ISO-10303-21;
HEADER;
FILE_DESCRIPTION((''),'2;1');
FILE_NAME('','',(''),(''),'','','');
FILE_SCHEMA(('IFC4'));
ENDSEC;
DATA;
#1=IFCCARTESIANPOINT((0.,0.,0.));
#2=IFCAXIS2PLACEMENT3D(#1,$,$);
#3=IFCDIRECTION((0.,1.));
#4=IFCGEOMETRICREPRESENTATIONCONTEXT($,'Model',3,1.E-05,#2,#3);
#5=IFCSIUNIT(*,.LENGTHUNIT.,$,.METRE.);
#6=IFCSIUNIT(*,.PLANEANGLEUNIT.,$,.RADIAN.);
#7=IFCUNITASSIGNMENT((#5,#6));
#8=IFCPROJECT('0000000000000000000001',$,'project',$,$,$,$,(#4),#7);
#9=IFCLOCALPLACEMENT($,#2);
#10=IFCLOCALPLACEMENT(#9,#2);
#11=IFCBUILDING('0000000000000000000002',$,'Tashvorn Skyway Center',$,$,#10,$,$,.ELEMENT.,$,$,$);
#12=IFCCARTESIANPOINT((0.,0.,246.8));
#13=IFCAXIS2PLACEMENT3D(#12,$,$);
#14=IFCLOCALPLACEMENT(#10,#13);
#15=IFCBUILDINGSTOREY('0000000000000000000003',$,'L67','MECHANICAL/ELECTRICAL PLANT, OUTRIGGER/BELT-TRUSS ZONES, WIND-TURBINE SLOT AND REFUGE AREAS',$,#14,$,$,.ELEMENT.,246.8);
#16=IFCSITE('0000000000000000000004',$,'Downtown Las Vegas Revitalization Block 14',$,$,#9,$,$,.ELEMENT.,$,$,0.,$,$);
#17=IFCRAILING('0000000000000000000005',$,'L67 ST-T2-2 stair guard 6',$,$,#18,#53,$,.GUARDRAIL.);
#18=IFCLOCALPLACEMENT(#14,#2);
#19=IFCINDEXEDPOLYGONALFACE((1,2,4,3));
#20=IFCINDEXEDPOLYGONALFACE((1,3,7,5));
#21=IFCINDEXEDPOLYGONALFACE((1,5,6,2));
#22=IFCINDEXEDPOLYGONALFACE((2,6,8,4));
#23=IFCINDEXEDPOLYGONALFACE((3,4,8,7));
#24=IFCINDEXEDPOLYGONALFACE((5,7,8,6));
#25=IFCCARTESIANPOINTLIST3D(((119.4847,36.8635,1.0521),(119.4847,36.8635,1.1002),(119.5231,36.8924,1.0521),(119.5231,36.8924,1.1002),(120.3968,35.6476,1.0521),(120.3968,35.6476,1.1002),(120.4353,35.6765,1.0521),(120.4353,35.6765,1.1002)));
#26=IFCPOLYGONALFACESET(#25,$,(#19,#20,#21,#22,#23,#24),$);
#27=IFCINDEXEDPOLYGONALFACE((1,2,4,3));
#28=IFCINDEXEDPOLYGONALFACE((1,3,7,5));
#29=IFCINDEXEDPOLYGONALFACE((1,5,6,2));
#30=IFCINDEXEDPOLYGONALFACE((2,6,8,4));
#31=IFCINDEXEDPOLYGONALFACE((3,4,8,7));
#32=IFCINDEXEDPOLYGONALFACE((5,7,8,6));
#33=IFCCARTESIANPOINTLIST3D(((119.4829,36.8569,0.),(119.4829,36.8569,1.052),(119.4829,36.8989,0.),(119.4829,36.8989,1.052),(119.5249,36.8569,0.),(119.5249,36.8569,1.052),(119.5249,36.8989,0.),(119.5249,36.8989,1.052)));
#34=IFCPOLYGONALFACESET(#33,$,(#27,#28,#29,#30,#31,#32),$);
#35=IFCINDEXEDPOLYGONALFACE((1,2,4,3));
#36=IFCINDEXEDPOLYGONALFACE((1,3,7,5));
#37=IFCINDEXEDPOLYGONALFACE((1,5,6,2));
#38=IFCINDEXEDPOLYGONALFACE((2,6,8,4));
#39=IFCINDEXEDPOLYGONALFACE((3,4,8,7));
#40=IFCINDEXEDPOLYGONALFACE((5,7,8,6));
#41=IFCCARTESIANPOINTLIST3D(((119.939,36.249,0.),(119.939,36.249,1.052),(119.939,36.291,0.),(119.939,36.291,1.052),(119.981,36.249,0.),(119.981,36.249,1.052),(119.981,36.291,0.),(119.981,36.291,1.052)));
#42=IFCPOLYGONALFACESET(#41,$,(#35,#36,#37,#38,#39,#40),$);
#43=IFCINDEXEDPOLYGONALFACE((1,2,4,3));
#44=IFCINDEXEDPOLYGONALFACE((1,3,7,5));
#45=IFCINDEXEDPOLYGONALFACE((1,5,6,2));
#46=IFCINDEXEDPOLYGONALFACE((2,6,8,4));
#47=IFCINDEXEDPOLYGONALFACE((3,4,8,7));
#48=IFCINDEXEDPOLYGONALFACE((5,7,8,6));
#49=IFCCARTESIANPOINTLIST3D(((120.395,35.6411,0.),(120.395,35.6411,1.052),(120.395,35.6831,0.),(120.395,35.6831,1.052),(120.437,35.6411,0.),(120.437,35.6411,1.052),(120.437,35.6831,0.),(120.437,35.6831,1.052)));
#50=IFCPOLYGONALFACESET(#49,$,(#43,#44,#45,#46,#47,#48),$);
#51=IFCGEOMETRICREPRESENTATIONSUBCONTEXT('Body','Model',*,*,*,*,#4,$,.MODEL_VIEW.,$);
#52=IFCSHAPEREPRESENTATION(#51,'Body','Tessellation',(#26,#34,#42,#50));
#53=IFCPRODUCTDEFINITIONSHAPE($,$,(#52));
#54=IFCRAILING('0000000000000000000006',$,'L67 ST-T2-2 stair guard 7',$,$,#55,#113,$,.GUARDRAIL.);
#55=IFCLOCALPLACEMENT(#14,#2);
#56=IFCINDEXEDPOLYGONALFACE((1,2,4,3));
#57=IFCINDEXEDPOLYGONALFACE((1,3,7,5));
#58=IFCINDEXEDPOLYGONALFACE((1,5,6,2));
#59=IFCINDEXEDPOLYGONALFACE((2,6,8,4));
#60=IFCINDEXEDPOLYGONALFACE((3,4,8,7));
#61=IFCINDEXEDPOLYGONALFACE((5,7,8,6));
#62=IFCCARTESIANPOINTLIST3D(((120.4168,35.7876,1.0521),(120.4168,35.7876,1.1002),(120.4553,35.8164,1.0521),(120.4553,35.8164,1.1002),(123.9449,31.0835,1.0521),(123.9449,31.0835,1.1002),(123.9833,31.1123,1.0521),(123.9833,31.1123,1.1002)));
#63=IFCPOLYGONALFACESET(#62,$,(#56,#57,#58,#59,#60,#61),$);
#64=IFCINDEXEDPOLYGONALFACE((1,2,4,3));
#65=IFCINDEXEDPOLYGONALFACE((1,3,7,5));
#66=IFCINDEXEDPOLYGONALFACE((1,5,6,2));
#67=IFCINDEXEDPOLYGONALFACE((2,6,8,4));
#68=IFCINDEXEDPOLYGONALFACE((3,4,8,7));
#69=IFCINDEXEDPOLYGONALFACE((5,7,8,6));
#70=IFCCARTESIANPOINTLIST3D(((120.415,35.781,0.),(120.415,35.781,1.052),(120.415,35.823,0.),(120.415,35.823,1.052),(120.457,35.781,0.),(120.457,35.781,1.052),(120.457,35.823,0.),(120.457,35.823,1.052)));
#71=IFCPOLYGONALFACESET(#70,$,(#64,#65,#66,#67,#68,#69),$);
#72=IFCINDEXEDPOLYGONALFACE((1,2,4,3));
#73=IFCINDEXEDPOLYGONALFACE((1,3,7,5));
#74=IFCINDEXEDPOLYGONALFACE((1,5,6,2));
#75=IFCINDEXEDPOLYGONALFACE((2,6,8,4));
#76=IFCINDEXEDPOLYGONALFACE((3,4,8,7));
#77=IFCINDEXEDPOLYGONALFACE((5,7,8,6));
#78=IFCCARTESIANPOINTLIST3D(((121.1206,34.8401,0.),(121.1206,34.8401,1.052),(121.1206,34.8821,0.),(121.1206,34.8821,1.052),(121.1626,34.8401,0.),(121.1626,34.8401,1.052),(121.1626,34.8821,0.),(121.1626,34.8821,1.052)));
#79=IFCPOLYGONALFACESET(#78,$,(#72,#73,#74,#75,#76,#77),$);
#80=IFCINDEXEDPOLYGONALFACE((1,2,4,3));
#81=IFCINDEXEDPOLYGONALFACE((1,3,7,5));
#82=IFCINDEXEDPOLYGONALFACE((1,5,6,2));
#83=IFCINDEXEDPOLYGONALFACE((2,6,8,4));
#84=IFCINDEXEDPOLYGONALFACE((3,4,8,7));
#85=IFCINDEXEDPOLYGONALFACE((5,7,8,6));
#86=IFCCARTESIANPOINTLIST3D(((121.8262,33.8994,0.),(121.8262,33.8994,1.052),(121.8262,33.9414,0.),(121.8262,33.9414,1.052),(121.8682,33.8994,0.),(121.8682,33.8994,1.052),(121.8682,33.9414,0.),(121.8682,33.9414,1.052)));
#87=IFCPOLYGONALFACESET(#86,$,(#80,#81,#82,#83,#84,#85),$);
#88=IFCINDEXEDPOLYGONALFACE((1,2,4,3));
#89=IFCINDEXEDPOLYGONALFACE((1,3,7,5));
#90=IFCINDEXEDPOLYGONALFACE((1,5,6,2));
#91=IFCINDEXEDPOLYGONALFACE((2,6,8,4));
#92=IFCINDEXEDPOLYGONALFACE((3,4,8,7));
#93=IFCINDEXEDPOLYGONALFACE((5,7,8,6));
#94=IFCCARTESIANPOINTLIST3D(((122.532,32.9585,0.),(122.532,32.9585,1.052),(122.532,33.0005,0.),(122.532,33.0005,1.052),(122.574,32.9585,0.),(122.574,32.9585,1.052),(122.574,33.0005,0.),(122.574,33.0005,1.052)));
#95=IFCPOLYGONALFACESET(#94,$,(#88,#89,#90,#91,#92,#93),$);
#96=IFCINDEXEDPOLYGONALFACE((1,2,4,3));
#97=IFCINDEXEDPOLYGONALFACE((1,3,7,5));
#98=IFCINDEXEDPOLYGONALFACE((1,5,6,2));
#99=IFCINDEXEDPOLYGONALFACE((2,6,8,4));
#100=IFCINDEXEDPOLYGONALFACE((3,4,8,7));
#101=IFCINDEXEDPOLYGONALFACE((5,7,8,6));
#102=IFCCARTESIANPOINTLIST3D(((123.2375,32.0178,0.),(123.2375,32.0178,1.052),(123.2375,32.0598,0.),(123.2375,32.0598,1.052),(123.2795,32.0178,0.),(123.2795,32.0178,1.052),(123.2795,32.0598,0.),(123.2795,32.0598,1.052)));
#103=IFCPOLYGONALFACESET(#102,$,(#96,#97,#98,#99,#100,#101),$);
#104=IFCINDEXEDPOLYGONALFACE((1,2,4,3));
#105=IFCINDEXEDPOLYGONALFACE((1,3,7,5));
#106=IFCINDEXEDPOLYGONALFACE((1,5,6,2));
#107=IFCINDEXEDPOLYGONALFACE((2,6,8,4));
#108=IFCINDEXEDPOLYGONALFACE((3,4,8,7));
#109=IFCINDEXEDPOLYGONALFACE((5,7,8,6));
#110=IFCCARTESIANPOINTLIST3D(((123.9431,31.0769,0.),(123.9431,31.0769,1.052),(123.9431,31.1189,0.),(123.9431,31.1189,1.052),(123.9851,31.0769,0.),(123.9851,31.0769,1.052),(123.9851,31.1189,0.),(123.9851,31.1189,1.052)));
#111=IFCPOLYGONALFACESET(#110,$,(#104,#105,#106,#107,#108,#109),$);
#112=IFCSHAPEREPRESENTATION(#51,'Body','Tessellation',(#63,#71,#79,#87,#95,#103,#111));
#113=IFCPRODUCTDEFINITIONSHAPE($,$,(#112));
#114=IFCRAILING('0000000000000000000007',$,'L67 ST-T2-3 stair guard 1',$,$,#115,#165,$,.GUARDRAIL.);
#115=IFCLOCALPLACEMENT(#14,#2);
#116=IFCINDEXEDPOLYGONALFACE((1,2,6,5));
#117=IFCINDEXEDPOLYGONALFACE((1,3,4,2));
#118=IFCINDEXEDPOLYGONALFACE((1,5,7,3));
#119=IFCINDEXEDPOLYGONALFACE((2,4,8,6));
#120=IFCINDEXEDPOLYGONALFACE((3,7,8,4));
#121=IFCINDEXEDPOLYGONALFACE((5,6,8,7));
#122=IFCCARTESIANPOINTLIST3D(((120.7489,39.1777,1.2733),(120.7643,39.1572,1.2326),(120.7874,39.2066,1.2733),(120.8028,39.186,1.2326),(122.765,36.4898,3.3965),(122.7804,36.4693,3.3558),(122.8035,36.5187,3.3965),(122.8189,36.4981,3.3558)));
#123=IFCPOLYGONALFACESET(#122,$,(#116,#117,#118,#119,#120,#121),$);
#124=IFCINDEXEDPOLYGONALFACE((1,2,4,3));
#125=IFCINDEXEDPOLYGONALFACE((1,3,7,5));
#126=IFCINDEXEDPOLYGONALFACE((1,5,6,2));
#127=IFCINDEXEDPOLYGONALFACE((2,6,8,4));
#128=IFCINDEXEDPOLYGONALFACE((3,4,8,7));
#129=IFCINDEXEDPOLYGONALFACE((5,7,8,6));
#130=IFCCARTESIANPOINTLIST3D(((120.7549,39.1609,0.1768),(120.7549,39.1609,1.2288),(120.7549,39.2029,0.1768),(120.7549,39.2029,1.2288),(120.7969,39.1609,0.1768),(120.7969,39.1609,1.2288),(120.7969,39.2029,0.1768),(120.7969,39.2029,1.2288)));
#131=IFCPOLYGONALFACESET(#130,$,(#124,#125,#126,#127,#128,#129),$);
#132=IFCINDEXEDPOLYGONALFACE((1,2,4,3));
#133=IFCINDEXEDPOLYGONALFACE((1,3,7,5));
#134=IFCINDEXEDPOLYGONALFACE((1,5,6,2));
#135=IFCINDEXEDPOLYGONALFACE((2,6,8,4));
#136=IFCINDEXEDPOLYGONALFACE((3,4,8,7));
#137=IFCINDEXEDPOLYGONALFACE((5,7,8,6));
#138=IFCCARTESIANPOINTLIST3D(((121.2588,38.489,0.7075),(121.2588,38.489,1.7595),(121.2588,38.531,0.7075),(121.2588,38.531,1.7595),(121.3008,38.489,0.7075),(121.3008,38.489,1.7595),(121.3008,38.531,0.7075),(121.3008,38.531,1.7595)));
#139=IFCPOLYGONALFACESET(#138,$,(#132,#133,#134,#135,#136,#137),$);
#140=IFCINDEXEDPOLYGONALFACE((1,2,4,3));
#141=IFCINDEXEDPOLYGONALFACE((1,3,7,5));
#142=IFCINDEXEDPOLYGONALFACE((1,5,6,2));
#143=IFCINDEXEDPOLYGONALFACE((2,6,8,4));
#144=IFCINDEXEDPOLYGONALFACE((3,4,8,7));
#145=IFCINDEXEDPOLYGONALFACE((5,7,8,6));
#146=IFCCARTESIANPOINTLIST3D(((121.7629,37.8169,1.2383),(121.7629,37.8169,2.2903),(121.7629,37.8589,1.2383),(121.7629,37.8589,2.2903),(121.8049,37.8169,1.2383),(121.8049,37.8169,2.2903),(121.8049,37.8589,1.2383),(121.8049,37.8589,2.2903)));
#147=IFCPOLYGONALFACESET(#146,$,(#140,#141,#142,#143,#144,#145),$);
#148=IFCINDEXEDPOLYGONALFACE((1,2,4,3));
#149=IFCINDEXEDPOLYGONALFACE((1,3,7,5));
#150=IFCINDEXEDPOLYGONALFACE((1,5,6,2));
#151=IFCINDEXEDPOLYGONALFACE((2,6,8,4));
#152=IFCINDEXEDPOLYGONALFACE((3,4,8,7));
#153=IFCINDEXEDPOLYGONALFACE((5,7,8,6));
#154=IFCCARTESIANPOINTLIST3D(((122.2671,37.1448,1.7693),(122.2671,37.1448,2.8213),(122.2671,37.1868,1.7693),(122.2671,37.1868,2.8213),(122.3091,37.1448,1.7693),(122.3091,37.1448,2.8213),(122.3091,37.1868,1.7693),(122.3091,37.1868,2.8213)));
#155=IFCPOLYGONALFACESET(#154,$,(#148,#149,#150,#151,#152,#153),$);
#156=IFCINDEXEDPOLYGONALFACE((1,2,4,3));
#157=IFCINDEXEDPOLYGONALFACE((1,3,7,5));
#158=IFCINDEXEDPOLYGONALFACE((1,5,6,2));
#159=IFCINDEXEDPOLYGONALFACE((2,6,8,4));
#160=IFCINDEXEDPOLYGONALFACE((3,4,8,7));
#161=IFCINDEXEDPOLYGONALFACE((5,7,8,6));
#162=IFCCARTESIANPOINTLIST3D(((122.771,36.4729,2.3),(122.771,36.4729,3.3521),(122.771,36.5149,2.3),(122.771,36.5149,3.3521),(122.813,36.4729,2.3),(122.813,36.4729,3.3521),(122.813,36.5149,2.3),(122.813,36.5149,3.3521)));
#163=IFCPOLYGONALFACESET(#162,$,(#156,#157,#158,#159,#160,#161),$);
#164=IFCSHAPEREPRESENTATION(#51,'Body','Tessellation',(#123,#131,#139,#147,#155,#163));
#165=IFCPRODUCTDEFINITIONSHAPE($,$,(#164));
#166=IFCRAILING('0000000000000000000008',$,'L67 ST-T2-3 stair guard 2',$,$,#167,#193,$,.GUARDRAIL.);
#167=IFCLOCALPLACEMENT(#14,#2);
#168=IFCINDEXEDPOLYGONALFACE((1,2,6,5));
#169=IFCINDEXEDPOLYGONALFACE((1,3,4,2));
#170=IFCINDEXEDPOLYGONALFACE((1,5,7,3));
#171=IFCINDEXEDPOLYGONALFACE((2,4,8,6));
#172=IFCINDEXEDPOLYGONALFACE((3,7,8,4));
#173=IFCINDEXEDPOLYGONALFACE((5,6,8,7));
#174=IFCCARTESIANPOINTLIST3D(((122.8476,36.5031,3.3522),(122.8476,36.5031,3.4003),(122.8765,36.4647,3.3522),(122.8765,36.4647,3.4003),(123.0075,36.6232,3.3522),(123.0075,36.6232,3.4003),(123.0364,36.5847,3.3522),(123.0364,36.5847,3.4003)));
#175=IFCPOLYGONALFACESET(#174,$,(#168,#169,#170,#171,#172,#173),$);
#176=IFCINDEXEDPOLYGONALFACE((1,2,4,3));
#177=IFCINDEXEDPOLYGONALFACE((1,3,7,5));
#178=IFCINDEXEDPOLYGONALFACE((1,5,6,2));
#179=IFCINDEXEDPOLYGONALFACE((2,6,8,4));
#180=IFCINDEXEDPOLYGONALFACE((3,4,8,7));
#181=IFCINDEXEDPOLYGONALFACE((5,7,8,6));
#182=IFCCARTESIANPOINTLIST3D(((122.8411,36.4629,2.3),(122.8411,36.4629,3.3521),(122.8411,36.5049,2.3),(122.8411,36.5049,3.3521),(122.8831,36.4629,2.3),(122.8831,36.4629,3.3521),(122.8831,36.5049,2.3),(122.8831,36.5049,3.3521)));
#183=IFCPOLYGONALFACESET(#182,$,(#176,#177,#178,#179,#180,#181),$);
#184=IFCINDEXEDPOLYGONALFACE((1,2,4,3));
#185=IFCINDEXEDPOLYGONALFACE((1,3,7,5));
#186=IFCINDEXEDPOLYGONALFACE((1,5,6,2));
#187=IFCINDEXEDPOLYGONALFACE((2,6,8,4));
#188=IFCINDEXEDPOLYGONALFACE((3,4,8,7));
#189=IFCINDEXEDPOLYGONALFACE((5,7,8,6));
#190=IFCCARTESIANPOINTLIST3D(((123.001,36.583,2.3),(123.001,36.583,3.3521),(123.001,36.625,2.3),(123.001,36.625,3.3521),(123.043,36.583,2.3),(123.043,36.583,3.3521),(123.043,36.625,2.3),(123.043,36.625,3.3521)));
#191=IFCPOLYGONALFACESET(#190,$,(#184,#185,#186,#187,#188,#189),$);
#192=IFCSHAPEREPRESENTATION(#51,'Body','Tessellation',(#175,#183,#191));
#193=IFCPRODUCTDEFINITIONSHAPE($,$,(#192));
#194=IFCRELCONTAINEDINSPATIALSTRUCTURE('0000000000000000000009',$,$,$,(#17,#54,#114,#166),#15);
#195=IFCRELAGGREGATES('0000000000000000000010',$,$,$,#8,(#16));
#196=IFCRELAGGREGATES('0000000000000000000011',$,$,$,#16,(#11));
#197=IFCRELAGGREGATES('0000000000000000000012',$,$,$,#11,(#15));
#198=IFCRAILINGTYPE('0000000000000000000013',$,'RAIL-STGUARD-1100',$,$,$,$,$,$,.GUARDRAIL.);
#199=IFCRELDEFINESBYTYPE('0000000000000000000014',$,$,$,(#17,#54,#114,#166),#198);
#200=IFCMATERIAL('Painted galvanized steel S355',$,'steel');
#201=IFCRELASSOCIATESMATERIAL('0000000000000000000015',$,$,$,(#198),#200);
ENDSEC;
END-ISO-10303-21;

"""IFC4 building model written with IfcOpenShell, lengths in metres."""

from ifc_helpers import new_model, si_unit, direction, frame, origin, origin_2d, place, context, subcontext, project, spatial, rectangle, extrude, material, type_object, element, save


model = new_model("IFC4")

# Units and contexts
model_context = context("Model", 3, precision=1e-05, world=origin(), true_north=direction((0.0, 1.0)))
body_context = subcontext(model_context, "Body", "Model", "MODEL_VIEW")
ifc_project = project(units=[si_unit("LENGTHUNIT", "METRE"), si_unit("PLANEANGLEUNIT", "RADIAN")], contexts=[model_context])

# Site, building, storey
site_placement = place(None, origin())
site = spatial("IfcSite", under=ifc_project, at=site_placement, Name="Downtown Las Vegas Revitalization Block 14", CompositionType="ELEMENT", RefElevation=0.0)
building_placement = place(site_placement, origin())
building = spatial("IfcBuilding", under=site, at=building_placement, Name="Tashvorn Skyway Center", CompositionType="ELEMENT")
storey_placement = place(building_placement, frame((0.0, 0.0, 246.8)))
storey = spatial("IfcBuildingStorey", under=building, at=storey_placement, Name="L67", Description="MECHANICAL/ELECTRICAL PLANT, OUTRIGGER/BELT-TRUSS ZONES, WIND-TURBINE SLOT AND REFUGE AREAS", CompositionType="ELEMENT", Elevation=246.8)

# Railings
ifc_material_1 = material(Name="Painted galvanized steel S355", Category="steel")
railing_type_1 = type_object("IfcRailingType", Name="RAIL-STGUARD-1100", PredefinedType="GUARDRAIL", material=ifc_material_1)
railing_1_placement = place(storey_placement, frame((119.5039, 36.8779, 0.0)))
element("IfcRailing", 1, at=railing_1_placement, inside=storey, type_object=railing_type_1, Name="L67 ST-T2-2 stair guard 6", PredefinedType="GUARDRAIL", context=body_context, shape_type="SweptSolid", body=[
    extrude(rectangle(XDim=0.0481, YDim=0.0481, at=origin_2d()), frame((0.0, 0.0, 1.0762), z_axis=(0.600103, -0.799923, 0.0), x_axis=(0.799923, 0.600103, 0.0)), (0.0, 0.0, 1.0), 1.52),
    extrude(rectangle(XDim=0.042, YDim=0.042, at=origin_2d()), origin(), (0.0, 0.0, 1.0), 1.052),
    extrude(rectangle(XDim=0.042, YDim=0.042, at=origin_2d()), frame((0.4561, -0.6079, 0.0)), (0.0, 0.0, 1.0), 1.052),
    extrude(rectangle(XDim=0.042, YDim=0.042, at=origin_2d()), frame((0.9121, -1.2158, 0.0)), (0.0, 0.0, 1.0), 1.052),
])
railing_2_placement = place(storey_placement, frame((120.436, 35.802, 0.0)))
element("IfcRailing", 2, at=railing_2_placement, inside=storey, type_object=railing_type_1, Name="L67 ST-T2-2 stair guard 7", PredefinedType="GUARDRAIL", context=body_context, shape_type="SweptSolid", body=[
    extrude(rectangle(XDim=0.0481, YDim=0.0481, at=origin_2d()), frame((0.0, 0.0, 1.0762), z_axis=(0.6, -0.8, 0.0), x_axis=(0.8, 0.6, 0.0)), (0.0, 0.0, 1.0), 5.8801),
    extrude(rectangle(XDim=0.042, YDim=0.042, at=origin_2d()), origin(), (0.0, 0.0, 1.0), 1.052),
    extrude(rectangle(XDim=0.042, YDim=0.042, at=origin_2d()), frame((0.7056, -0.9409, 0.0)), (0.0, 0.0, 1.0), 1.052),
    extrude(rectangle(XDim=0.042, YDim=0.042, at=origin_2d()), frame((1.4111, -1.8816, 0.0)), (0.0, 0.0, 1.0), 1.052),
    extrude(rectangle(XDim=0.042, YDim=0.042, at=origin_2d()), frame((2.1169, -2.8225, 0.0)), (0.0, 0.0, 1.0), 1.052),
    extrude(rectangle(XDim=0.042, YDim=0.042, at=origin_2d()), frame((2.8225, -3.7632, 0.0)), (0.0, 0.0, 1.0), 1.052),
    extrude(rectangle(XDim=0.042, YDim=0.042, at=origin_2d()), frame((3.5281, -4.7041, 0.0)), (0.0, 0.0, 1.0), 1.052),
])
railing_3_placement = place(storey_placement, frame((120.7759, 39.1819, 0.1768)))
element("IfcRailing", 3, at=railing_3_placement, inside=storey, type_object=railing_type_1, Name="L67 ST-T2-3 stair guard 1", PredefinedType="GUARDRAIL", context=body_context, shape_type="SweptSolid", body=[
    extrude(rectangle(XDim=0.0481, YDim=0.0481, at=origin_2d()), frame((0.0, 0.0, 1.0762), z_axis=(0.507235, -0.676272, 0.5342), x_axis=(0.799983, 0.600023, 0.0)), (0.0, 0.0, 1.0), 3.9746),
    extrude(rectangle(XDim=0.042, YDim=0.042, at=origin_2d()), origin(), (0.0, 0.0, 1.0), 1.052),
    extrude(rectangle(XDim=0.042, YDim=0.042, at=origin_2d()), frame((0.5039, -0.6719, 0.5308)), (0.0, 0.0, 1.0), 1.052),
    extrude(rectangle(XDim=0.042, YDim=0.042, at=origin_2d()), frame((1.0081, -1.344, 1.0615)), (0.0, 0.0, 1.0), 1.052),
    extrude(rectangle(XDim=0.042, YDim=0.042, at=origin_2d()), frame((1.5122, -2.0161, 1.5925)), (0.0, 0.0, 1.0), 1.052),
    extrude(rectangle(XDim=0.042, YDim=0.042, at=origin_2d()), frame((2.0161, -2.688, 2.1233)), (0.0, 0.0, 1.0), 1.052),
])
railing_4_placement = place(storey_placement, frame((122.8621, 36.4839, 2.3)))
element("IfcRailing", 4, at=railing_4_placement, inside=storey, type_object=railing_type_1, Name="L67 ST-T2-3 stair guard 2", PredefinedType="GUARDRAIL", context=body_context, shape_type="SweptSolid", body=[
    extrude(rectangle(XDim=0.0481, YDim=0.0481, at=origin_2d()), frame((0.0, 0.0, 1.0762), z_axis=(0.79956, 0.600586, 0.0), x_axis=(-0.600586, 0.79956, 0.0)), (0.0, 0.0, 1.0), 0.2),
    extrude(rectangle(XDim=0.042, YDim=0.042, at=origin_2d()), origin(), (0.0, 0.0, 1.0), 1.052),
    extrude(rectangle(XDim=0.042, YDim=0.042, at=origin_2d()), frame((0.1599, 0.1201, 0.0)), (0.0, 0.0, 1.0), 1.052),
])

save(model, "model.ifc")
